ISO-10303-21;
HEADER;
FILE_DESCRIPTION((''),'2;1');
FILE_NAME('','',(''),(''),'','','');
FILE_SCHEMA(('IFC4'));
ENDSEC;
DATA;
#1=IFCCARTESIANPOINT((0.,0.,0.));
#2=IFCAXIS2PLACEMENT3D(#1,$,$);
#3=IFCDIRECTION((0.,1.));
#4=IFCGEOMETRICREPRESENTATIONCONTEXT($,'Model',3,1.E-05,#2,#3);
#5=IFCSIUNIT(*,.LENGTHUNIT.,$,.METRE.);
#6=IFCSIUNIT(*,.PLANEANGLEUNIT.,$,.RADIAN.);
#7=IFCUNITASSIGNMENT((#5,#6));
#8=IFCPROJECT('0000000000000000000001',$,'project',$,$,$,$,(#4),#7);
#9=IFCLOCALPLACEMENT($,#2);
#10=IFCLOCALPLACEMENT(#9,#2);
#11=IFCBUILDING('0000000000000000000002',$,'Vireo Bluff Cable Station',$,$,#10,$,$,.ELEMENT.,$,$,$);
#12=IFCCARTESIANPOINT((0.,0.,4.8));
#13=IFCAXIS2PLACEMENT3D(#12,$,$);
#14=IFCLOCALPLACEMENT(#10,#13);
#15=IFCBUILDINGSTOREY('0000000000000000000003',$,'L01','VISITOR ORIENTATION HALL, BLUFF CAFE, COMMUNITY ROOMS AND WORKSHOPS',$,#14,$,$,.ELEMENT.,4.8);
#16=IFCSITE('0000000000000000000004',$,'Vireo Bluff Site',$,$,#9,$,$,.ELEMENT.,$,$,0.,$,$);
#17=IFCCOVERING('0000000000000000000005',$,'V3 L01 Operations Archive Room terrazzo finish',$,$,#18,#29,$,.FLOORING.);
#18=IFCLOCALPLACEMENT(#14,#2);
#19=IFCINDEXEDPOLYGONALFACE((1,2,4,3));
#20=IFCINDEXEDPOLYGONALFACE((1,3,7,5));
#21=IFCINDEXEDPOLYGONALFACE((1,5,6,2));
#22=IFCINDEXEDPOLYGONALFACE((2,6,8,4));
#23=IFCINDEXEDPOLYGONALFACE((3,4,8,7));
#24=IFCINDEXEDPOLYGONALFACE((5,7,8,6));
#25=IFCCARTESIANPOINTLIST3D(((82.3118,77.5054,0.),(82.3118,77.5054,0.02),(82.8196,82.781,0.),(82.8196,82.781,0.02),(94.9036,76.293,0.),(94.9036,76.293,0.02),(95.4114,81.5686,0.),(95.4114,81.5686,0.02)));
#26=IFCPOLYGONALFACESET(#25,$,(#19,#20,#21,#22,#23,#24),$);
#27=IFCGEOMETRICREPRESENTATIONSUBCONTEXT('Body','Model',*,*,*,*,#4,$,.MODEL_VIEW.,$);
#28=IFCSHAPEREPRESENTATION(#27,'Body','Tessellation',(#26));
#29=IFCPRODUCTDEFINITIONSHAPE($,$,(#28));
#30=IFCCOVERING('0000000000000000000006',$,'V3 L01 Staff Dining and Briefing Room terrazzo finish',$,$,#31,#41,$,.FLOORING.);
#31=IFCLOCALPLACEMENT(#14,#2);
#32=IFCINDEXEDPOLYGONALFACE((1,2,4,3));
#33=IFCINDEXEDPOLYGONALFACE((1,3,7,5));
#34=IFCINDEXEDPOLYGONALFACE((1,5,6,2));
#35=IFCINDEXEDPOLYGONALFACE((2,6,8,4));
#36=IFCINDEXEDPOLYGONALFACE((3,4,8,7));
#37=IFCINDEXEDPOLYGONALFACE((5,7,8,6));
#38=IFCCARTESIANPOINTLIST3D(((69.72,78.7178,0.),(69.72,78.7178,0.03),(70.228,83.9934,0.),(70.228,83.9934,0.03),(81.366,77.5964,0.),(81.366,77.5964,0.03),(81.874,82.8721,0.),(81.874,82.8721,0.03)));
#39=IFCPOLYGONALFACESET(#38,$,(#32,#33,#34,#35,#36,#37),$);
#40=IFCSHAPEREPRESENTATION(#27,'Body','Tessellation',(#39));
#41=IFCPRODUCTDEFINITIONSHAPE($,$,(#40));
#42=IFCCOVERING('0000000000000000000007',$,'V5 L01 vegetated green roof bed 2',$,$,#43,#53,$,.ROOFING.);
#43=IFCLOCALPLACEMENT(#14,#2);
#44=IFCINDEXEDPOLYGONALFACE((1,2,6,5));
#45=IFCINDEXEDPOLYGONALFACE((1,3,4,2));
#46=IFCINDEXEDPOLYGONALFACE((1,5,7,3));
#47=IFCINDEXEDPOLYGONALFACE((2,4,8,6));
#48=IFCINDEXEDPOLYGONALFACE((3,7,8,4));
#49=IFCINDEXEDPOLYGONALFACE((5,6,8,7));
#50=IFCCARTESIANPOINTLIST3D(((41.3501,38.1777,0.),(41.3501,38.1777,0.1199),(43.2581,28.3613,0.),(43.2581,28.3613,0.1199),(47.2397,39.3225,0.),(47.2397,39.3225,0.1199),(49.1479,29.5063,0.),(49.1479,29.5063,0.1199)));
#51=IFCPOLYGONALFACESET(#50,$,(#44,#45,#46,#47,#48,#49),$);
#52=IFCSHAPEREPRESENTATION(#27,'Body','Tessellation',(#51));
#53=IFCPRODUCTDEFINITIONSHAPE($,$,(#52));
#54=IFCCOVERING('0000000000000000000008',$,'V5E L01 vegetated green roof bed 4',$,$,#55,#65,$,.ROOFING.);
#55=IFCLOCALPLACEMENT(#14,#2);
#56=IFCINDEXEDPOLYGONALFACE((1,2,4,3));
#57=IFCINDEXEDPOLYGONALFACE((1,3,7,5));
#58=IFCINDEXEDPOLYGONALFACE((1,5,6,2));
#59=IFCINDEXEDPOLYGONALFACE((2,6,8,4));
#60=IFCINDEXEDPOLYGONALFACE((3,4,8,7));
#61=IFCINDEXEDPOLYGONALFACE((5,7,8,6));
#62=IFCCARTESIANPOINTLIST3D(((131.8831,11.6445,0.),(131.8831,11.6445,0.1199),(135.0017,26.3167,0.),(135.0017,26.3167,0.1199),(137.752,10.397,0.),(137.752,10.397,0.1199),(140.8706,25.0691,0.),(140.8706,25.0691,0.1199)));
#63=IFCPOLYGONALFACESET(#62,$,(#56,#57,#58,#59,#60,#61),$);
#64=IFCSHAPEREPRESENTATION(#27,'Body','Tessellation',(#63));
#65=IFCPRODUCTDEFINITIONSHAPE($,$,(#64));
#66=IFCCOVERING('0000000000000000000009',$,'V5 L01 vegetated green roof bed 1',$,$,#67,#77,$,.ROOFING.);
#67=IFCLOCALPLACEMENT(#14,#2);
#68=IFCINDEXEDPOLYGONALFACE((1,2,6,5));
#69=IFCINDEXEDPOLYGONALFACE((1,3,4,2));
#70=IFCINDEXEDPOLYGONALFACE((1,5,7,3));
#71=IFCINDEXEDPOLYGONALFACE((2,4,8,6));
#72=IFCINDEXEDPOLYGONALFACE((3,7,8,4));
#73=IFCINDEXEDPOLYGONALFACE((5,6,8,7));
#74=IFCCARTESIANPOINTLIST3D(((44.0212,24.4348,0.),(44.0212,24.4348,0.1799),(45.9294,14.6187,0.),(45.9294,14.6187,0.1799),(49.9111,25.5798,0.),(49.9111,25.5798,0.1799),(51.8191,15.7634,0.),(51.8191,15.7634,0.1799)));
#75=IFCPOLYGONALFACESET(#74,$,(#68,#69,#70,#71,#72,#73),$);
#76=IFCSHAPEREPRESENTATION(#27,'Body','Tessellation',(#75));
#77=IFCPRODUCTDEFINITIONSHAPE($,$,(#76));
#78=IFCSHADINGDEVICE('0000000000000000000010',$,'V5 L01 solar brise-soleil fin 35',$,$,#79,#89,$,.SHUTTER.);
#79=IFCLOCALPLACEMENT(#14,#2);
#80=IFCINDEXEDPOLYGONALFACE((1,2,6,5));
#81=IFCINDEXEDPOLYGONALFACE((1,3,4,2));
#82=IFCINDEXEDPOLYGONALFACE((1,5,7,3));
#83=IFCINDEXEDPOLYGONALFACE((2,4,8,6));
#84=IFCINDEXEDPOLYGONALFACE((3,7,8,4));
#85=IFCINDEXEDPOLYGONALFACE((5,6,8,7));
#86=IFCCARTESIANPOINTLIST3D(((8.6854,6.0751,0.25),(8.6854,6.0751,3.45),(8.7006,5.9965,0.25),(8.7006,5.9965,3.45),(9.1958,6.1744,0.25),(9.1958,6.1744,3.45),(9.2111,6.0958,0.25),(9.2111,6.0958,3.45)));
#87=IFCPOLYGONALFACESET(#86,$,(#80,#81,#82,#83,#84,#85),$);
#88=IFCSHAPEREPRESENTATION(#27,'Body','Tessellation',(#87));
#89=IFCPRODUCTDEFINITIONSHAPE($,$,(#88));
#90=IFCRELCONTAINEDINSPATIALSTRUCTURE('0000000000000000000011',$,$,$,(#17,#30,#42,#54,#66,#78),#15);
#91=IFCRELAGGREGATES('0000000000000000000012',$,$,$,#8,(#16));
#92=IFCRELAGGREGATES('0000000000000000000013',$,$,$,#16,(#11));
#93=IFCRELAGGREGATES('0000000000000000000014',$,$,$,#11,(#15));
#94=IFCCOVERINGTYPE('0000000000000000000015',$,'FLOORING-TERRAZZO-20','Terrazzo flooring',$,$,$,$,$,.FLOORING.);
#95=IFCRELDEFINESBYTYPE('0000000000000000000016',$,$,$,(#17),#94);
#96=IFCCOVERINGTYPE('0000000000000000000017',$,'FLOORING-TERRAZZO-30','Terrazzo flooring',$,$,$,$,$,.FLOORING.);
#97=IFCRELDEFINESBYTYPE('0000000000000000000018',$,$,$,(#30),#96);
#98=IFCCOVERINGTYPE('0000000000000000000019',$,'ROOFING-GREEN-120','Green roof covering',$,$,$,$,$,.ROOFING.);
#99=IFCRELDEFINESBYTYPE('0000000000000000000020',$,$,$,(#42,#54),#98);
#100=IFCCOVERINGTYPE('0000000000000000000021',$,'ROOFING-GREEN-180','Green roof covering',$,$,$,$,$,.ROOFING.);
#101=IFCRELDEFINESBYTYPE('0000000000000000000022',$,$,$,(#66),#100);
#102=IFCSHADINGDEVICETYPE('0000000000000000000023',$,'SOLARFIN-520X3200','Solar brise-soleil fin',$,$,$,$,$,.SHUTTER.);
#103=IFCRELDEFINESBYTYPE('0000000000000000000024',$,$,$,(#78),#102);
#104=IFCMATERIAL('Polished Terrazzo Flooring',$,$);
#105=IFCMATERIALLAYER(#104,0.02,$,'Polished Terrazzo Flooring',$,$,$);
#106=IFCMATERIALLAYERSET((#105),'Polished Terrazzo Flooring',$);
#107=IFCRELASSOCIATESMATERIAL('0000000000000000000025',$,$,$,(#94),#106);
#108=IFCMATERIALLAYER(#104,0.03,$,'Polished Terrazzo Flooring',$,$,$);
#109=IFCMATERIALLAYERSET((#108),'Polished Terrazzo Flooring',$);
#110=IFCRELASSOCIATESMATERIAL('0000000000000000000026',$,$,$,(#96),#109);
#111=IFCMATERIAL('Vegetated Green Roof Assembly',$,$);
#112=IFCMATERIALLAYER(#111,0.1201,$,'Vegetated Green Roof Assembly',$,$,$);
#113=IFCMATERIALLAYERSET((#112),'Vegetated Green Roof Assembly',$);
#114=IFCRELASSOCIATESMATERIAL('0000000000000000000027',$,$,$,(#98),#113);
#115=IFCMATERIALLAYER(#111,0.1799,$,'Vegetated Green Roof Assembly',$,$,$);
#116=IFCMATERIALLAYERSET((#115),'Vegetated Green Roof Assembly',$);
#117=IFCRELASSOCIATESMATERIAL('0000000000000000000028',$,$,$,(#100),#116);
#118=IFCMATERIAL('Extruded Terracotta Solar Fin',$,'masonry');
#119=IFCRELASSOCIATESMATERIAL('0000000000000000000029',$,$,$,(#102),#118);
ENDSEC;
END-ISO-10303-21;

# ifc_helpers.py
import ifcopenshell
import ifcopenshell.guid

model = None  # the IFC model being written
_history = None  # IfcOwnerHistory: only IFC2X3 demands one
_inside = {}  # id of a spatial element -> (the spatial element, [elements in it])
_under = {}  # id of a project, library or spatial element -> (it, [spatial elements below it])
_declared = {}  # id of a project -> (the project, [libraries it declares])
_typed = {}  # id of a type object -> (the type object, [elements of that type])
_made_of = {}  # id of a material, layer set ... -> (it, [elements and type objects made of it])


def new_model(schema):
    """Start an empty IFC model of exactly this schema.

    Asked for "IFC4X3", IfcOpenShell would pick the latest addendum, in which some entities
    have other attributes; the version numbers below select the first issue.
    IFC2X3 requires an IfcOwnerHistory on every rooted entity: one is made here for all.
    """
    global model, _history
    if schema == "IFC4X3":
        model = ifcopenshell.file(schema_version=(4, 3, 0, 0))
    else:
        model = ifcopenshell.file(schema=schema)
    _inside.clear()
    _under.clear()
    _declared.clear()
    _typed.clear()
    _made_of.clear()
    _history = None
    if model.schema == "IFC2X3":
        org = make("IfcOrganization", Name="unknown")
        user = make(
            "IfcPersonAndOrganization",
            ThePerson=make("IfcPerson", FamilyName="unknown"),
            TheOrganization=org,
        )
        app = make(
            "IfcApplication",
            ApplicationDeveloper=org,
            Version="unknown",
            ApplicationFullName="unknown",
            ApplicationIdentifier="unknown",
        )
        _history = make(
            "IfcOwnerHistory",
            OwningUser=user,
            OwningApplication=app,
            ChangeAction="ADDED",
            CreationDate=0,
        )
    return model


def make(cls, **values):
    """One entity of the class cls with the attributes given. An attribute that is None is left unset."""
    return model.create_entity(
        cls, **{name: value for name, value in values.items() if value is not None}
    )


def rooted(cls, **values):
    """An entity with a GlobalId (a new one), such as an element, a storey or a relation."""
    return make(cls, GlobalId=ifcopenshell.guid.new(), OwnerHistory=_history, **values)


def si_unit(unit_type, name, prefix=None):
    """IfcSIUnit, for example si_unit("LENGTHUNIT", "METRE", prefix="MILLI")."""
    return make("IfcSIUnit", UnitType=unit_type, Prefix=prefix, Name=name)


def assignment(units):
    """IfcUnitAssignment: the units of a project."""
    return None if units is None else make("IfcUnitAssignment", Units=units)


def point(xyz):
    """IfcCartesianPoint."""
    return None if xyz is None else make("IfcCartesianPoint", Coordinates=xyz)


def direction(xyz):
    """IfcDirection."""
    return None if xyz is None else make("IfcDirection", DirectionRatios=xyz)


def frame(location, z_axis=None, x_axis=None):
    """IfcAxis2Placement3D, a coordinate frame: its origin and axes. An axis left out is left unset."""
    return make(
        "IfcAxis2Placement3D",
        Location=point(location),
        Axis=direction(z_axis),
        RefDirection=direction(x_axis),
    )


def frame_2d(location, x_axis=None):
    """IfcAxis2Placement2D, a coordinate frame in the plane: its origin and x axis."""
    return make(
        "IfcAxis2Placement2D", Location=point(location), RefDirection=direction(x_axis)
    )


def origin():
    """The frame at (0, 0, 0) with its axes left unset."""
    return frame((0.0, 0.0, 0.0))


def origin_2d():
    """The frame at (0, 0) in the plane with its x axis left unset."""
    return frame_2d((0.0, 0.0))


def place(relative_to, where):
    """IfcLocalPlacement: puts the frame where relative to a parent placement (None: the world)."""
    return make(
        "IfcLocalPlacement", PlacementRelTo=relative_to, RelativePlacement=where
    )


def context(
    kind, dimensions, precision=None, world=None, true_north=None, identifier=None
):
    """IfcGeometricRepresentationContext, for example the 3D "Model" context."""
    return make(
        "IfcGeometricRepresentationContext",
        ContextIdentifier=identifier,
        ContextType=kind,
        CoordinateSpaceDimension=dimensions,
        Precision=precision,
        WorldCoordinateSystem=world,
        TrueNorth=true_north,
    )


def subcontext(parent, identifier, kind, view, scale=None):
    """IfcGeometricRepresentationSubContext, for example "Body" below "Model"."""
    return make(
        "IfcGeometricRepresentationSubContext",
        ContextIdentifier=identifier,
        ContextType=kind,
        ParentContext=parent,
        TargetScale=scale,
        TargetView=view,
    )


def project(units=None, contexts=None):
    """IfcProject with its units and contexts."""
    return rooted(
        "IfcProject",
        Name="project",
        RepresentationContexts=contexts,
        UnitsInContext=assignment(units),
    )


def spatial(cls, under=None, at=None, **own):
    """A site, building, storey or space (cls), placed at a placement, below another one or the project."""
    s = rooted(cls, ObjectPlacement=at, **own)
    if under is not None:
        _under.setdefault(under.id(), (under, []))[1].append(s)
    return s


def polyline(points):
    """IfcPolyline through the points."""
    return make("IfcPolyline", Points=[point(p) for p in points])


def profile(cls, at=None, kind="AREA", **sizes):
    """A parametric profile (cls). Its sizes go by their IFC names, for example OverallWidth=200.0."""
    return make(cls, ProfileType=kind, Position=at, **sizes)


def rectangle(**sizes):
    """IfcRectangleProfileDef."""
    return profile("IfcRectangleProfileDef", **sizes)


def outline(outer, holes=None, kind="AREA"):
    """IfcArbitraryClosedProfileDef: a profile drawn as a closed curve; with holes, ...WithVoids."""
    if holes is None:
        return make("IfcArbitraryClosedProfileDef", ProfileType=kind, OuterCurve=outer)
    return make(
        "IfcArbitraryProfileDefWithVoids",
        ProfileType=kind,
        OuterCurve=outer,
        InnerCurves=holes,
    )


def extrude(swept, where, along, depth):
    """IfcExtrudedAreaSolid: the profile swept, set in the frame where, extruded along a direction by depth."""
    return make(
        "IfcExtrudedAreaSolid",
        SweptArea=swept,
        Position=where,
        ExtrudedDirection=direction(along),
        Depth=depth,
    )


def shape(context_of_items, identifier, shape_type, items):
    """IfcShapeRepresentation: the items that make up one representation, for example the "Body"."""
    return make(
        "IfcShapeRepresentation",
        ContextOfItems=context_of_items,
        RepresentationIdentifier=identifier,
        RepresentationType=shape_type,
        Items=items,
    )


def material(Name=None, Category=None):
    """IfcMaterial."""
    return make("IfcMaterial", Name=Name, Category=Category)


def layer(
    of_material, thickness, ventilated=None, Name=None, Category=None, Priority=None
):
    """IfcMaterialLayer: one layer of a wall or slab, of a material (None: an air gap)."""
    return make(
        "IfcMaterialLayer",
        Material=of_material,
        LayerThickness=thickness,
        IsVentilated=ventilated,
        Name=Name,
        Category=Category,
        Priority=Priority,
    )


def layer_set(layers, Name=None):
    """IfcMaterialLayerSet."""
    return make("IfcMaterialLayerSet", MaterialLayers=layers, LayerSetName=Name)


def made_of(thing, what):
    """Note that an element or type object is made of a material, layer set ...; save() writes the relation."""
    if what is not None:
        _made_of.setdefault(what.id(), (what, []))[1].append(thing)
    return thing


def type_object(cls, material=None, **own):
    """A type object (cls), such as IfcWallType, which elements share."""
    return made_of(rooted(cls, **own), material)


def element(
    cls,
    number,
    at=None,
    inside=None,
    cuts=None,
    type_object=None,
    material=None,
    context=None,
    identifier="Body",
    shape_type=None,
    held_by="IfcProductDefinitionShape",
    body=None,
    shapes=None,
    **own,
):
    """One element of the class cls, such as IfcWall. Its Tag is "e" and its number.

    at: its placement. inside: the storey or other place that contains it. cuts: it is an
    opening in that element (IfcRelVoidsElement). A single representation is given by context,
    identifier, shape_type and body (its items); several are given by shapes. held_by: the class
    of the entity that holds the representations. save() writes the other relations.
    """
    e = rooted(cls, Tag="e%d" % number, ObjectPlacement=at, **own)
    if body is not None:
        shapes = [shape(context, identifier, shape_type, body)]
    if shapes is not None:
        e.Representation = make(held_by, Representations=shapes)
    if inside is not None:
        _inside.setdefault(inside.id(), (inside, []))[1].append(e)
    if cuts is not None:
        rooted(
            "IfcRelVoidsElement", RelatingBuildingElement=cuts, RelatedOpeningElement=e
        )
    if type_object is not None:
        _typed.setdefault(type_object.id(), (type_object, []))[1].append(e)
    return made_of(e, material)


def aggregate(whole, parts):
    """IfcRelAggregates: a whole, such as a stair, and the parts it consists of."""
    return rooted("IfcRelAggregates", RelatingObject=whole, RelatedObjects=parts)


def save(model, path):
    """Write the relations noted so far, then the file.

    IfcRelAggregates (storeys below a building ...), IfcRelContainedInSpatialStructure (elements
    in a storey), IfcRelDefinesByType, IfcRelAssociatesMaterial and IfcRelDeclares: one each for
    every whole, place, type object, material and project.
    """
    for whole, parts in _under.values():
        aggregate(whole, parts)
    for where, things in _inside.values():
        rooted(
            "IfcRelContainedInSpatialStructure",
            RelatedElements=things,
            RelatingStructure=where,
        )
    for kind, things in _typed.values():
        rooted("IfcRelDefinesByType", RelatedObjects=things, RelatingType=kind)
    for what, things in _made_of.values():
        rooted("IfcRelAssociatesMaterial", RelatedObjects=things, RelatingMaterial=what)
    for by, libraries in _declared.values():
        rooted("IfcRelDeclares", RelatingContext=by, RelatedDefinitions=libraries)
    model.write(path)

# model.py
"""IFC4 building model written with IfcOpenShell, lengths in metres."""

from ifc_helpers import new_model, si_unit, direction, frame, origin, origin_2d, place, context, subcontext, project, spatial, polyline, rectangle, outline, extrude, material, layer, layer_set, type_object, element, save


model = new_model("IFC4")

# Units and contexts
model_context = context("Model", 3, precision=1e-05, world=origin(), true_north=direction((0.0, 1.0)))
body_context = subcontext(model_context, "Body", "Model", "MODEL_VIEW")
ifc_project = project(units=[si_unit("LENGTHUNIT", "METRE"), si_unit("PLANEANGLEUNIT", "RADIAN")], contexts=[model_context])

# Site, building, storey
site_placement = place(None, origin())
site = spatial("IfcSite", under=ifc_project, at=site_placement, Name="Vireo Bluff Site", CompositionType="ELEMENT", RefElevation=0.0)
building_placement = place(site_placement, origin())
building = spatial("IfcBuilding", under=site, at=building_placement, Name="Vireo Bluff Cable Station", CompositionType="ELEMENT")
storey_placement = place(building_placement, frame((0.0, 0.0, 4.8)))
storey = spatial("IfcBuildingStorey", under=building, at=storey_placement, Name="L01", Description="VISITOR ORIENTATION HALL, BLUFF CAFE, COMMUNITY ROOMS AND WORKSHOPS", CompositionType="ELEMENT", Elevation=4.8)

# Coverings
ifc_material_1 = material(Name="Polished Terrazzo Flooring")
ifc_layer_1 = layer(ifc_material_1, 0.02, Name="Polished Terrazzo Flooring")
ifc_layer_set_1 = layer_set([ifc_layer_1], Name="Polished Terrazzo Flooring")
covering_type_1 = type_object("IfcCoveringType", Name="FLOORING-TERRAZZO-20", Description="Terrazzo flooring", PredefinedType="FLOORING", material=ifc_layer_set_1)
covering_1_placement = place(storey_placement, origin())
element("IfcCovering", 1, at=covering_1_placement, inside=storey, type_object=covering_type_1, Name="V3 L01 Operations Archive Room terrazzo finish", PredefinedType="FLOORING", context=body_context, shape_type="SweptSolid", body=[
    extrude(outline(polyline([(82.3118, 77.5054), (94.9036, 76.293), (95.4114, 81.5686), (82.8196, 82.781), (82.3118, 77.5054)])), origin(), (0.0, 0.0, 1.0), 0.02),
])
ifc_layer_2 = layer(ifc_material_1, 0.03, Name="Polished Terrazzo Flooring")
ifc_layer_set_2 = layer_set([ifc_layer_2], Name="Polished Terrazzo Flooring")
covering_type_2 = type_object("IfcCoveringType", Name="FLOORING-TERRAZZO-30", Description="Terrazzo flooring", PredefinedType="FLOORING", material=ifc_layer_set_2)
covering_2_placement = place(storey_placement, origin())
element("IfcCovering", 2, at=covering_2_placement, inside=storey, type_object=covering_type_2, Name="V3 L01 Staff Dining and Briefing Room terrazzo finish", PredefinedType="FLOORING", context=body_context, shape_type="SweptSolid", body=[
    extrude(outline(polyline([(69.72, 78.7178), (81.366, 77.5964), (81.874, 82.8721), (70.228, 83.9934), (69.72, 78.7178)])), origin(), (0.0, 0.0, 1.0), 0.03),
])
ifc_material_2 = material(Name="Vegetated Green Roof Assembly")
ifc_layer_3 = layer(ifc_material_2, 0.1201, Name="Vegetated Green Roof Assembly")
ifc_layer_set_3 = layer_set([ifc_layer_3], Name="Vegetated Green Roof Assembly")
covering_type_3 = type_object("IfcCoveringType", Name="ROOFING-GREEN-120", Description="Green roof covering", PredefinedType="ROOFING", material=ifc_layer_set_3)
covering_3_placement = place(storey_placement, origin())
element("IfcCovering", 3, at=covering_3_placement, inside=storey, type_object=covering_type_3, Name="V5 L01 vegetated green roof bed 2", PredefinedType="ROOFING", context=body_context, shape_type="SweptSolid", body=[
    extrude(outline(polyline([(43.2581, 28.3613), (49.1479, 29.5063), (47.2397, 39.3225), (41.3501, 38.1777), (43.2581, 28.3613)])), origin(), (0.0, 0.0, 1.0), 0.1199),
])
covering_4_placement = place(storey_placement, origin())
element("IfcCovering", 4, at=covering_4_placement, inside=storey, type_object=covering_type_3, Name="V5E L01 vegetated green roof bed 4", PredefinedType="ROOFING", context=body_context, shape_type="SweptSolid", body=[
    extrude(outline(polyline([(131.8831, 11.6445), (137.752, 10.397), (140.8706, 25.0691), (135.0017, 26.3167), (131.8831, 11.6445)])), origin(), (0.0, 0.0, 1.0), 0.1199),
])
ifc_layer_4 = layer(ifc_material_2, 0.1799, Name="Vegetated Green Roof Assembly")
ifc_layer_set_4 = layer_set([ifc_layer_4], Name="Vegetated Green Roof Assembly")
covering_type_4 = type_object("IfcCoveringType", Name="ROOFING-GREEN-180", Description="Green roof covering", PredefinedType="ROOFING", material=ifc_layer_set_4)
covering_5_placement = place(storey_placement, origin())
element("IfcCovering", 5, at=covering_5_placement, inside=storey, type_object=covering_type_4, Name="V5 L01 vegetated green roof bed 1", PredefinedType="ROOFING", context=body_context, shape_type="SweptSolid", body=[
    extrude(outline(polyline([(45.9294, 14.6187), (51.8191, 15.7634), (49.9111, 25.5798), (44.0212, 24.4348), (45.9294, 14.6187)])), origin(), (0.0, 0.0, 1.0), 0.1799),
])

# Shading device
ifc_material_3 = material(Name="Extruded Terracotta Solar Fin", Category="masonry")
shading_device_type = type_object("IfcShadingDeviceType", Name="SOLARFIN-520X3200", Description="Solar brise-soleil fin", PredefinedType="SHUTTER", material=ifc_material_3)
shading_device_placement = place(storey_placement, frame((8.9482, 6.0854, 0.25), z_axis=(0.0, 0.0, 1.0), x_axis=(-0.190809, 0.981627, 0.0)))
element("IfcShadingDevice", 6, at=shading_device_placement, inside=storey, type_object=shading_device_type, Name="V5 L01 solar brise-soleil fin 35", PredefinedType="SHUTTER", context=body_context, shape_type="SweptSolid", body=[
    extrude(rectangle(XDim=0.0801, YDim=0.52, at=origin_2d()), origin(), (0.0, 0.0, 1.0), 3.2),
])

save(model, "model.ifc")
